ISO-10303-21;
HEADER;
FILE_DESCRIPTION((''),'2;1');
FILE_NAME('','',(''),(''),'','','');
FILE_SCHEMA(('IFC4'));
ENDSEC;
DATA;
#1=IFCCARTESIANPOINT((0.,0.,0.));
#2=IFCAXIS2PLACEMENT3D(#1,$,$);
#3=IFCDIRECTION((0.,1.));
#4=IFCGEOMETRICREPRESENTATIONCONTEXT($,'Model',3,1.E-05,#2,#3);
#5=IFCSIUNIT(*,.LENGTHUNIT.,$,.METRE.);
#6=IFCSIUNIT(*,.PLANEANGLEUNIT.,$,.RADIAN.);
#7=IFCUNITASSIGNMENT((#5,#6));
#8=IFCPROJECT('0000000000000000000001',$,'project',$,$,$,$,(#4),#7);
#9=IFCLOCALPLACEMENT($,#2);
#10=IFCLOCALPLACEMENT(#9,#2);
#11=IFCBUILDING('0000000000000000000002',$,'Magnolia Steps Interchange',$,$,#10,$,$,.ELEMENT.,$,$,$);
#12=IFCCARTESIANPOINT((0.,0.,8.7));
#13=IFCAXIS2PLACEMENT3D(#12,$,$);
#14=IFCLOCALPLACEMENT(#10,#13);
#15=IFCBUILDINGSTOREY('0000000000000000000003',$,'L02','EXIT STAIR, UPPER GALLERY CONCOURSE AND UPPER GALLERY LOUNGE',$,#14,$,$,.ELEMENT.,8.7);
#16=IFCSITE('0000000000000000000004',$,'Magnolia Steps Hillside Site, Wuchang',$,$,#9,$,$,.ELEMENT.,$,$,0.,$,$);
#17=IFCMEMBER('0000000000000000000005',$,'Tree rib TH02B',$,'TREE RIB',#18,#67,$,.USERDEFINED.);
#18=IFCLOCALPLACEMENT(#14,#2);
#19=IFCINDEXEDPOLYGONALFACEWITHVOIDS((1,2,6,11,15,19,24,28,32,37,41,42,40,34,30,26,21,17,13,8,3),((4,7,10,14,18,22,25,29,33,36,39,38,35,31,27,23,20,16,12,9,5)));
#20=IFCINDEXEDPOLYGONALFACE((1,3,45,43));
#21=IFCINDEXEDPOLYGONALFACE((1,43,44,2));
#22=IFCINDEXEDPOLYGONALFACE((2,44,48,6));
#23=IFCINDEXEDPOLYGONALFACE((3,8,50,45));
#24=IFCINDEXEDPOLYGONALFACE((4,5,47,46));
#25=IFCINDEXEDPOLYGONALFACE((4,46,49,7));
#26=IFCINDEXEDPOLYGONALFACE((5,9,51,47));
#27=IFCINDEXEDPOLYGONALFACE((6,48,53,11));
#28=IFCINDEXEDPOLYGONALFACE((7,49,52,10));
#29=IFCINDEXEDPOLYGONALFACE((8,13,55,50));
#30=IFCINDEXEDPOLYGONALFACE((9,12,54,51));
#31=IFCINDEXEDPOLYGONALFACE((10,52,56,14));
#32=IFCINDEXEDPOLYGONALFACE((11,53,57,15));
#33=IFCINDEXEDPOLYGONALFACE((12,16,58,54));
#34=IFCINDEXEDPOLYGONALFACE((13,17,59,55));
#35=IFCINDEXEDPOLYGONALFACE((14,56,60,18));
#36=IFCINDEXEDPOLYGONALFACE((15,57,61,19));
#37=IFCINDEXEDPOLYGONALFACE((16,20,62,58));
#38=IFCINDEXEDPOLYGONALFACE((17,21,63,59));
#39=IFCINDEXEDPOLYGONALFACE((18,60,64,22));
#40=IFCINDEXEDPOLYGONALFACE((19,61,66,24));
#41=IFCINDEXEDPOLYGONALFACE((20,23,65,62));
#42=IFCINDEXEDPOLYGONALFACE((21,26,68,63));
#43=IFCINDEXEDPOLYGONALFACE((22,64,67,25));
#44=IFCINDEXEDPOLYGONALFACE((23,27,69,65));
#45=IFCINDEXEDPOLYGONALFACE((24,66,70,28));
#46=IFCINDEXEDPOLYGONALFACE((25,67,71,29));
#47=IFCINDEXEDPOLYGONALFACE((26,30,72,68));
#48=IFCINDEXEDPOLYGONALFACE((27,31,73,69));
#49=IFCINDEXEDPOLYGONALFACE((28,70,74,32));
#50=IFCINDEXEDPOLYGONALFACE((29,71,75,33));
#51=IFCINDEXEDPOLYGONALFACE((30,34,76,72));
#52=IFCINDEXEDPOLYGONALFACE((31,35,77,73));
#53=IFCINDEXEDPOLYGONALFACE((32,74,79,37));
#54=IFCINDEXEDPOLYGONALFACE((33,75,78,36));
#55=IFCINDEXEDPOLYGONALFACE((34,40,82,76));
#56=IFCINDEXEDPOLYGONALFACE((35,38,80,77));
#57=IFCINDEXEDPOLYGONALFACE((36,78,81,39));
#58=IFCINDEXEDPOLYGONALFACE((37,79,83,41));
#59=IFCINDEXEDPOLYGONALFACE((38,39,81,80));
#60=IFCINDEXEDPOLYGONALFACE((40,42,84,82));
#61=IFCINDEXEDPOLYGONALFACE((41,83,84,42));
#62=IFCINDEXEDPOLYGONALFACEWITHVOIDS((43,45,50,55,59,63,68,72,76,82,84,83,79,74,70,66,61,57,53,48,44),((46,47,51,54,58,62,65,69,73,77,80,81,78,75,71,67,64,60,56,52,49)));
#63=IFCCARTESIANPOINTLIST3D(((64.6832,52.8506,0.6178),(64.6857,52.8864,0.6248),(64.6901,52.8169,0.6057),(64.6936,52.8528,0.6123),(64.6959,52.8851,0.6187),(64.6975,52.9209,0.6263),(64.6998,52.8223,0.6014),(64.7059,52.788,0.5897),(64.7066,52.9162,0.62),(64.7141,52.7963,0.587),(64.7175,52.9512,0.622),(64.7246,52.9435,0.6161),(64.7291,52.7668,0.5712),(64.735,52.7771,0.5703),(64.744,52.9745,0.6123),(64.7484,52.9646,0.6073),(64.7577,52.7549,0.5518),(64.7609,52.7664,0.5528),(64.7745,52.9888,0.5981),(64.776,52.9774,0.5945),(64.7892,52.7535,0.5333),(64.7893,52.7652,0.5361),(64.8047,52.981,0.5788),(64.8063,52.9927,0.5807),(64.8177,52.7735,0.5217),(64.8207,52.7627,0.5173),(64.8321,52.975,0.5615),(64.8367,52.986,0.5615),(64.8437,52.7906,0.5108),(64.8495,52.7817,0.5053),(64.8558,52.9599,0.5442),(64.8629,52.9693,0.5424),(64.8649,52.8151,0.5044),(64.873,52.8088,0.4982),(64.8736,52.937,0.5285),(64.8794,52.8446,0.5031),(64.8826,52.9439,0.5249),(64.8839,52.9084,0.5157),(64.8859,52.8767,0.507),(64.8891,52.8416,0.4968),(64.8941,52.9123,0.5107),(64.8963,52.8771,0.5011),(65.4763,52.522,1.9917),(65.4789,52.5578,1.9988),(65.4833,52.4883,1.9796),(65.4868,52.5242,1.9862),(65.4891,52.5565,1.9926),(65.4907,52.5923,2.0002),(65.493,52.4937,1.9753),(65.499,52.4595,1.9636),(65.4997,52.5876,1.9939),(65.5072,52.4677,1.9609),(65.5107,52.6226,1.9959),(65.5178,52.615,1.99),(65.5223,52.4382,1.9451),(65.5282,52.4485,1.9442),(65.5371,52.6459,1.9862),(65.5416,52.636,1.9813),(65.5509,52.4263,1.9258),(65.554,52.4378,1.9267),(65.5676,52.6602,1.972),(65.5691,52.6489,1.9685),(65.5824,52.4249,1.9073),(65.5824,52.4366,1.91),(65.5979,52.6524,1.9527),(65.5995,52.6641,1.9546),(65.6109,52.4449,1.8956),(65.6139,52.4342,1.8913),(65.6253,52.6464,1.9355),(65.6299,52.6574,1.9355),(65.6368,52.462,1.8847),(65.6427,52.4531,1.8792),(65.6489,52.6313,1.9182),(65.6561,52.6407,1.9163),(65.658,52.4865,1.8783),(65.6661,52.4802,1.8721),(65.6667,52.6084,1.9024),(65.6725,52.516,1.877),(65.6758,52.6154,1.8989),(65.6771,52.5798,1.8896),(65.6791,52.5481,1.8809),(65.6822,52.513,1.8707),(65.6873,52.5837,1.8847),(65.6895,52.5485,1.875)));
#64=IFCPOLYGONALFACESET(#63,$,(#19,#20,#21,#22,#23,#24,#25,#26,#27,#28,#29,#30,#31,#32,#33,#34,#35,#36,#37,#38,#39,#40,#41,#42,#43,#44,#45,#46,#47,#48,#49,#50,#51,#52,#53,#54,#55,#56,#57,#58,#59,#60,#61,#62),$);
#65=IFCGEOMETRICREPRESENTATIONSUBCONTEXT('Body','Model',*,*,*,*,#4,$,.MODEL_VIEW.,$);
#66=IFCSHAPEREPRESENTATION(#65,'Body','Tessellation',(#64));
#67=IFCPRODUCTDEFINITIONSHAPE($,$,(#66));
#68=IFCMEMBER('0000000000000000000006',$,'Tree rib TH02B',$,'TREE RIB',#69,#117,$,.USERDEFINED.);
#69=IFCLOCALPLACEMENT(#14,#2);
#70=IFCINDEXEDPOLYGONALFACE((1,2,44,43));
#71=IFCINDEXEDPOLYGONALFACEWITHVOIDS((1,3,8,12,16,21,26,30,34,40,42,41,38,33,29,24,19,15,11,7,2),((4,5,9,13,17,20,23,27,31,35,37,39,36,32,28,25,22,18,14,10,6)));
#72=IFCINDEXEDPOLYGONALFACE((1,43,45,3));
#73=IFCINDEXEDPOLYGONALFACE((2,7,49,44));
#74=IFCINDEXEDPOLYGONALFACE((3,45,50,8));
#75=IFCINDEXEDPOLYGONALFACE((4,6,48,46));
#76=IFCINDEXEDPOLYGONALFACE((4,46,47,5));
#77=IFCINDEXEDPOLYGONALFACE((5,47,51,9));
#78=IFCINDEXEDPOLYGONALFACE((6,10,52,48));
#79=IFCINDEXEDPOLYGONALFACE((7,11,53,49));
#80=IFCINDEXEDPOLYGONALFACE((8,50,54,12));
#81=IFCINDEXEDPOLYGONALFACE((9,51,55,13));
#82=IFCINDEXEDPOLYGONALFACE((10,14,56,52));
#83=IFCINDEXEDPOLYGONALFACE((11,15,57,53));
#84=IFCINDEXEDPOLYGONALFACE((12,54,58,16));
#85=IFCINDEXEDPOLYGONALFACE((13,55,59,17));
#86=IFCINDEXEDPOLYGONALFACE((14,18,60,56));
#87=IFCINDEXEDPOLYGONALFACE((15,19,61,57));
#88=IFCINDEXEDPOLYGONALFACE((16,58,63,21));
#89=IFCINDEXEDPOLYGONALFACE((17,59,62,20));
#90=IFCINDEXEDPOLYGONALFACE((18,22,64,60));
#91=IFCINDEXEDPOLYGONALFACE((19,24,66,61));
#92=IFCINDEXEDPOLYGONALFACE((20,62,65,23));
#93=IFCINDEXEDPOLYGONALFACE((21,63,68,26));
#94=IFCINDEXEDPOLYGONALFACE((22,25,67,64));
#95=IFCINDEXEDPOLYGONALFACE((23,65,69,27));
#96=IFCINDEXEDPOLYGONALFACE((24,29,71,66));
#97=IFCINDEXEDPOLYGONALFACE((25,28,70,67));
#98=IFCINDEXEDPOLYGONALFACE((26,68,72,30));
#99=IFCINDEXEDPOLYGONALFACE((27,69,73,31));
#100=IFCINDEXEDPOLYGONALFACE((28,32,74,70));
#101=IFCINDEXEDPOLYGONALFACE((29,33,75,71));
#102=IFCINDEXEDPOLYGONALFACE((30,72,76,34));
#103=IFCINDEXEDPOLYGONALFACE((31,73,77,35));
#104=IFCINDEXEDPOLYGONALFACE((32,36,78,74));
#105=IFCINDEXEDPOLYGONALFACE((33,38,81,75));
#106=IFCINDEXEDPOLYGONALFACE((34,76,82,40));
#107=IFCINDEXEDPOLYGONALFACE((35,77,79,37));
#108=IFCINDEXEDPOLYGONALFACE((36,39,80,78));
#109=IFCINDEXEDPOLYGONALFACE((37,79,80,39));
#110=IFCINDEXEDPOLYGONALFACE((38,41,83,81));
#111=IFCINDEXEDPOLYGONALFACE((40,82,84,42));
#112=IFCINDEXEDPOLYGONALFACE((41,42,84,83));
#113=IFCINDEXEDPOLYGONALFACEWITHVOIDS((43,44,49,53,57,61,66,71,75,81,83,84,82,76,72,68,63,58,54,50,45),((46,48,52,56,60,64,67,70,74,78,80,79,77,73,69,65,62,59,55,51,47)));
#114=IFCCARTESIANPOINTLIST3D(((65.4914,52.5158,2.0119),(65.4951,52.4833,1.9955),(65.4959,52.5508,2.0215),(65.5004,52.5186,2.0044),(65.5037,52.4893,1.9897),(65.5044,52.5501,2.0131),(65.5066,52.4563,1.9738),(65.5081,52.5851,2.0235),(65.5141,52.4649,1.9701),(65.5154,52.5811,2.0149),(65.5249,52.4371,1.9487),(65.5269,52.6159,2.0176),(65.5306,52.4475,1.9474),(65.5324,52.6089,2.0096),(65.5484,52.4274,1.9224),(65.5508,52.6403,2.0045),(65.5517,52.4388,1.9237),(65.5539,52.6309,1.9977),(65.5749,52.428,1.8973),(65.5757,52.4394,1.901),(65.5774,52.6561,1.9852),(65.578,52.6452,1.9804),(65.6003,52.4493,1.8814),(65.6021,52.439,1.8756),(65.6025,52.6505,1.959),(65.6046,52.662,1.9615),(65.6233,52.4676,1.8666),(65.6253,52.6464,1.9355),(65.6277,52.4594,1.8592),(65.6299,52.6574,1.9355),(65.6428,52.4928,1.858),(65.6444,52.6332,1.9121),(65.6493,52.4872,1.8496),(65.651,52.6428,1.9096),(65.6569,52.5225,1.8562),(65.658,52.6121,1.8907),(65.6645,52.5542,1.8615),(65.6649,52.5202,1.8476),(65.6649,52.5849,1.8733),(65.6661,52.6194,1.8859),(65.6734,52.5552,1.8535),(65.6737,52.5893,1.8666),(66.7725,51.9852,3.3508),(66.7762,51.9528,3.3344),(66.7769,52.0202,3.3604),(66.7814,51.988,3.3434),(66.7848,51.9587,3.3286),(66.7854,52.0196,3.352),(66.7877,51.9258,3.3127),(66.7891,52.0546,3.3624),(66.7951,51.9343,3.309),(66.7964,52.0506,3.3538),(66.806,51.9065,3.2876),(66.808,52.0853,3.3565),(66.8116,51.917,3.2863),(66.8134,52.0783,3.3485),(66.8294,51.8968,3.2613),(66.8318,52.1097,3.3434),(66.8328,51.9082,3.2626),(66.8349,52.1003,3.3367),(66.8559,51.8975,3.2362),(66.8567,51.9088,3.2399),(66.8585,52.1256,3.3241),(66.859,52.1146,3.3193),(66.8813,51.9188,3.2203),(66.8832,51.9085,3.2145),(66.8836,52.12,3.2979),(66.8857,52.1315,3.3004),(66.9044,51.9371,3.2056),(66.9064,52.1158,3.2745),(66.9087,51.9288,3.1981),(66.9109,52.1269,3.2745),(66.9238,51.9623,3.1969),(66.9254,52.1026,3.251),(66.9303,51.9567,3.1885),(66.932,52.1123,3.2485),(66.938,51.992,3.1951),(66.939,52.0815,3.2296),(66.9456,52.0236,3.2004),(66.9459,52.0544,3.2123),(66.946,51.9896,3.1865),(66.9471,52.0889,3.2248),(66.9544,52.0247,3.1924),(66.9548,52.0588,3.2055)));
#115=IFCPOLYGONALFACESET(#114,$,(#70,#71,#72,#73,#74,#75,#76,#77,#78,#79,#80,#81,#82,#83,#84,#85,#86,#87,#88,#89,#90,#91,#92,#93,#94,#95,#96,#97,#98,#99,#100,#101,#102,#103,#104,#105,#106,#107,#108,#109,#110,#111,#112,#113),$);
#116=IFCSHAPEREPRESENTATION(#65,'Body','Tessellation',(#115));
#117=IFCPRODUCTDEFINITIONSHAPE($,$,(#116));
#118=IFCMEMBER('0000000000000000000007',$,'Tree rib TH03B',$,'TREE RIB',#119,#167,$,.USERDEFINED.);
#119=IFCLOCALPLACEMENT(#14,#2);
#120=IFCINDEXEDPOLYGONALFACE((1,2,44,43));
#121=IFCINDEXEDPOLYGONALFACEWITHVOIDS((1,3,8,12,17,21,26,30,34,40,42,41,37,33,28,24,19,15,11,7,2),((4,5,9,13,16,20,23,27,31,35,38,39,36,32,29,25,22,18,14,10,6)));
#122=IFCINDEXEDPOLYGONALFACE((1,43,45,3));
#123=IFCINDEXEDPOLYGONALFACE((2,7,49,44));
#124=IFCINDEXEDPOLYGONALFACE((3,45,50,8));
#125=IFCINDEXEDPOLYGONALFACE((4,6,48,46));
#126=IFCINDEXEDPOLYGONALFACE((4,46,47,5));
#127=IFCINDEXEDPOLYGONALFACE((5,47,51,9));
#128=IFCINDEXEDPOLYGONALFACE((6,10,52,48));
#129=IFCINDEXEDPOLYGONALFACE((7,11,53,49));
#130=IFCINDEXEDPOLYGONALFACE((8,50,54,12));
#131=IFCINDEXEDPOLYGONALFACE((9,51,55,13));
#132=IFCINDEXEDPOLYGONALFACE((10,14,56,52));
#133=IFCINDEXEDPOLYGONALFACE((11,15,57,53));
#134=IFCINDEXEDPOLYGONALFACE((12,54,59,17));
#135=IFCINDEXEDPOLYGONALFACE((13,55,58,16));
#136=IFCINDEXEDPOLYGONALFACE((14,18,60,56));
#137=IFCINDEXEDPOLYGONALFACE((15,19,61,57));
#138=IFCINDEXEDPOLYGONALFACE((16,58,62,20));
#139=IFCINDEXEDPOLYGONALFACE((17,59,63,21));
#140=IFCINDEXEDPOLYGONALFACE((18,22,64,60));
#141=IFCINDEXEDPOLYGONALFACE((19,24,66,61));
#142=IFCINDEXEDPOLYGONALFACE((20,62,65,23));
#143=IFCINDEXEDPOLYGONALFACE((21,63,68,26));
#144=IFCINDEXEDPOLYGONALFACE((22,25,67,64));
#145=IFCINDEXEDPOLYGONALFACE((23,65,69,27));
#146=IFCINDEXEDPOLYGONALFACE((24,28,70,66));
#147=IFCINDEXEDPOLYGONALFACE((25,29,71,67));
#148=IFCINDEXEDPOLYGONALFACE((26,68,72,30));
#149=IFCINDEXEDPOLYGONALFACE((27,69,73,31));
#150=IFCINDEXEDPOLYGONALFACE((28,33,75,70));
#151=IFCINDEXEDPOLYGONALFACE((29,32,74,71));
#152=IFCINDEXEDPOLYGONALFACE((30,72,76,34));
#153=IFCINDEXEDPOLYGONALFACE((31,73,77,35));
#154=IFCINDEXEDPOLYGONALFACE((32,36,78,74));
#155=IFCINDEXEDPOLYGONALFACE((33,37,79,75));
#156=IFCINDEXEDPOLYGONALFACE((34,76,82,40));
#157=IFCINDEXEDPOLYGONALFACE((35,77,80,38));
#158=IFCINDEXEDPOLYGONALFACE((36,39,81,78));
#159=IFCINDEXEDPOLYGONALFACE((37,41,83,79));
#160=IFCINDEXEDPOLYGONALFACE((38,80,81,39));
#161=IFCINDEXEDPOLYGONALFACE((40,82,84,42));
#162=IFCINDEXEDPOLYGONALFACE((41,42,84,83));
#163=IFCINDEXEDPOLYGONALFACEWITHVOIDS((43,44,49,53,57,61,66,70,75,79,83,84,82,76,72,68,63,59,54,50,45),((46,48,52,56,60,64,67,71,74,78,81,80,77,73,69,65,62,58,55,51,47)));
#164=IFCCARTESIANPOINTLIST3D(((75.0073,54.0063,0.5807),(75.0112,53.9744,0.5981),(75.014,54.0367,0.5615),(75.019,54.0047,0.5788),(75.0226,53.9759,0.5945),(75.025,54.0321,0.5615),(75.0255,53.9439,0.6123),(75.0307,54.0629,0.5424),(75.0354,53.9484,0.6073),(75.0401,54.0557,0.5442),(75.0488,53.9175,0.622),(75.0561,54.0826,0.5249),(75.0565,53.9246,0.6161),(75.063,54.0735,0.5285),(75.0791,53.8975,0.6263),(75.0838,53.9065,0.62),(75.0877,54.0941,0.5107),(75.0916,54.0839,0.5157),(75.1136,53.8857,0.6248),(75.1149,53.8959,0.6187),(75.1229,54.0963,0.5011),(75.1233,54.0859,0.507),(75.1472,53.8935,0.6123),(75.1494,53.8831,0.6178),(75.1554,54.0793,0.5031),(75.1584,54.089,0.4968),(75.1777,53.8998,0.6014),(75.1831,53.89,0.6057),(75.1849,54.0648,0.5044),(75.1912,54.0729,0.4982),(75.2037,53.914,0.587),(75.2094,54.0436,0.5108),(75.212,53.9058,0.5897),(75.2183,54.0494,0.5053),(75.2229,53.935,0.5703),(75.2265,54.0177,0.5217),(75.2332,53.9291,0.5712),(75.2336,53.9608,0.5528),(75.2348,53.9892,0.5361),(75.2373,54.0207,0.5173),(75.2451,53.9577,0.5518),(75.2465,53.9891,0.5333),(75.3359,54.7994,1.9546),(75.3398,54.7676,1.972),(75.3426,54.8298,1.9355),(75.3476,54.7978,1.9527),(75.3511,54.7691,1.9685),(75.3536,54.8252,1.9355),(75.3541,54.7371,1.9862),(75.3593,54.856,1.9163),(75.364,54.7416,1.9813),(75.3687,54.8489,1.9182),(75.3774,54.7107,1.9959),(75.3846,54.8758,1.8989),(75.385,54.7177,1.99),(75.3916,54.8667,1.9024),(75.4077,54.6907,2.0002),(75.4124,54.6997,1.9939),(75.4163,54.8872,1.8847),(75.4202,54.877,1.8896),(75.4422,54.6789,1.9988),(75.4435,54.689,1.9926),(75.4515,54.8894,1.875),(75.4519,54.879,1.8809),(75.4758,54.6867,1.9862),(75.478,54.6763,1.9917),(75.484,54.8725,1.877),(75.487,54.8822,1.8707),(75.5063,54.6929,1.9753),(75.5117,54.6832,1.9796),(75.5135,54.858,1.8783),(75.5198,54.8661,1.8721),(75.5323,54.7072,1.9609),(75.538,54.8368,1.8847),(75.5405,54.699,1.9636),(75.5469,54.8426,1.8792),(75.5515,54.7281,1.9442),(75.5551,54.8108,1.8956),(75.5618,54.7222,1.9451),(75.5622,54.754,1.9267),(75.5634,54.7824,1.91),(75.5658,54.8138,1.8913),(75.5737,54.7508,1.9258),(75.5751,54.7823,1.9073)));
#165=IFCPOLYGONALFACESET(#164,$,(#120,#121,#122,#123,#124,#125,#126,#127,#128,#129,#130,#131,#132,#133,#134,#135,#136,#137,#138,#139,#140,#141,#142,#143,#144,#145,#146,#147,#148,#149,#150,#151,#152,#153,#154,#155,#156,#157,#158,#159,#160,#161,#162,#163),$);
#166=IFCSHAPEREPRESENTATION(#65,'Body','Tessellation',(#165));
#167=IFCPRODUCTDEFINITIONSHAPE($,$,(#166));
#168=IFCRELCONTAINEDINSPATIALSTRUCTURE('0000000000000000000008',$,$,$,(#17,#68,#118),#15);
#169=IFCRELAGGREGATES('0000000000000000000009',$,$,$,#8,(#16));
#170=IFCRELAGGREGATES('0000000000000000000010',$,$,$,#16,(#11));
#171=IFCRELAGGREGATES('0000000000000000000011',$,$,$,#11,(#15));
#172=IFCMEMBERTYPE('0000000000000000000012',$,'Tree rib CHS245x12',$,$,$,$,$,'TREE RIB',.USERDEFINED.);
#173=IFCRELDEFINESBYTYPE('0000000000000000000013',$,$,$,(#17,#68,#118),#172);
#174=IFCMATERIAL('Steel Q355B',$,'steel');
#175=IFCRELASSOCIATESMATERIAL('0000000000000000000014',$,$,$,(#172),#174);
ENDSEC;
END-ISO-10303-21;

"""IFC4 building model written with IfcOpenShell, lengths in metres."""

from ifc_helpers import new_model, si_unit, direction, frame, origin, origin_2d, place, context, subcontext, project, spatial, hollow_circle, extrude, material, material_profile, profile_set, type_object, element, save


model = new_model("IFC4")

# Units and contexts
model_context = context("Model", 3, precision=1e-05, world=origin(), true_north=direction((0.0, 1.0)))
body_context = subcontext(model_context, "Body", "Model", "MODEL_VIEW")
ifc_project = project(units=[si_unit("LENGTHUNIT", "METRE"), si_unit("PLANEANGLEUNIT", "RADIAN")], contexts=[model_context])

# Site, building, storey
site_placement = place(None, origin())
site = spatial("IfcSite", under=ifc_project, at=site_placement, Name="Magnolia Steps Hillside Site, Wuchang", CompositionType="ELEMENT", RefElevation=0.0)
building_placement = place(site_placement, origin())
building = spatial("IfcBuilding", under=site, at=building_placement, Name="Magnolia Steps Interchange", CompositionType="ELEMENT")
storey_placement = place(building_placement, frame((0.0, 0.0, 8.7)))
storey = spatial("IfcBuildingStorey", under=building, at=storey_placement, Name="L02", Description="EXIT STAIR, UPPER GALLERY CONCOURSE AND UPPER GALLERY LOUNGE", CompositionType="ELEMENT", Elevation=8.7)

# Members
ifc_material_1 = material(Name="Steel Q355B", Category="steel")
ifc_material_profile_1 = material_profile(ifc_material_1, hollow_circle(Radius=0.1226, WallThickness=0.012, at=origin_2d()), Name="CHS245x12")
ifc_profile_set_1 = profile_set([ifc_material_profile_1], Name="Steel Q355B")
member_type = type_object("IfcMemberType", Name="Tree rib CHS245x12", ElementType="TREE RIB", PredefinedType="USERDEFINED", material=ifc_profile_set_1)
member_1_placement = place(storey_placement, frame((64.7898, 52.8728, 0.5615), z_axis=(0.489571, -0.20282, 0.848047), x_axis=(0.382737, 0.923857, 0.0)))
element("IfcMember", 1, at=member_1_placement, inside=storey, type_object=member_type, Name="Tree rib TH02B", ObjectType="TREE RIB", PredefinedType="USERDEFINED", context=body_context, shape_type="SweptSolid", body=[
    extrude(hollow_circle(Radius=0.1226, WallThickness=0.012, at=origin_2d()), origin(), (0.0, 0.0, 1.0), 1.6201),
])
member_2_placement = place(storey_placement, frame((65.583, 52.5442, 1.9355), z_axis=(0.664618, -0.275246, 0.694638), x_axis=(0.382627, 0.923903, 0.0)))
element("IfcMember", 2, at=member_2_placement, inside=storey, type_object=member_type, Name="Tree rib TH02B", ObjectType="TREE RIB", PredefinedType="USERDEFINED", context=body_context, shape_type="SweptSolid", body=[
    extrude(hollow_circle(Radius=0.1226, WallThickness=0.012, at=origin_2d()), origin(), (0.0, 0.0, 1.0), 1.9275),
])
for number, where, z_axis, x_axis, name in (
    (3, (75.1272, 53.9897, 0.5615), (0.20282, 0.489571, 0.848047), (-0.923857, 0.382737, 0.0), "Tree rib TH03B"),
):
    element("IfcMember", number, at=place(storey_placement, frame(where, z_axis=z_axis, x_axis=x_axis)), inside=storey, type_object=member_type, Name=name, ObjectType="TREE RIB", PredefinedType="USERDEFINED", context=body_context, shape_type="SweptSolid", body=[
        extrude(hollow_circle(Radius=0.1226, WallThickness=0.012, at=origin_2d()), origin(), (0.0, 0.0, 1.0), 1.6201),
    ])

save(model, "model.ifc")
